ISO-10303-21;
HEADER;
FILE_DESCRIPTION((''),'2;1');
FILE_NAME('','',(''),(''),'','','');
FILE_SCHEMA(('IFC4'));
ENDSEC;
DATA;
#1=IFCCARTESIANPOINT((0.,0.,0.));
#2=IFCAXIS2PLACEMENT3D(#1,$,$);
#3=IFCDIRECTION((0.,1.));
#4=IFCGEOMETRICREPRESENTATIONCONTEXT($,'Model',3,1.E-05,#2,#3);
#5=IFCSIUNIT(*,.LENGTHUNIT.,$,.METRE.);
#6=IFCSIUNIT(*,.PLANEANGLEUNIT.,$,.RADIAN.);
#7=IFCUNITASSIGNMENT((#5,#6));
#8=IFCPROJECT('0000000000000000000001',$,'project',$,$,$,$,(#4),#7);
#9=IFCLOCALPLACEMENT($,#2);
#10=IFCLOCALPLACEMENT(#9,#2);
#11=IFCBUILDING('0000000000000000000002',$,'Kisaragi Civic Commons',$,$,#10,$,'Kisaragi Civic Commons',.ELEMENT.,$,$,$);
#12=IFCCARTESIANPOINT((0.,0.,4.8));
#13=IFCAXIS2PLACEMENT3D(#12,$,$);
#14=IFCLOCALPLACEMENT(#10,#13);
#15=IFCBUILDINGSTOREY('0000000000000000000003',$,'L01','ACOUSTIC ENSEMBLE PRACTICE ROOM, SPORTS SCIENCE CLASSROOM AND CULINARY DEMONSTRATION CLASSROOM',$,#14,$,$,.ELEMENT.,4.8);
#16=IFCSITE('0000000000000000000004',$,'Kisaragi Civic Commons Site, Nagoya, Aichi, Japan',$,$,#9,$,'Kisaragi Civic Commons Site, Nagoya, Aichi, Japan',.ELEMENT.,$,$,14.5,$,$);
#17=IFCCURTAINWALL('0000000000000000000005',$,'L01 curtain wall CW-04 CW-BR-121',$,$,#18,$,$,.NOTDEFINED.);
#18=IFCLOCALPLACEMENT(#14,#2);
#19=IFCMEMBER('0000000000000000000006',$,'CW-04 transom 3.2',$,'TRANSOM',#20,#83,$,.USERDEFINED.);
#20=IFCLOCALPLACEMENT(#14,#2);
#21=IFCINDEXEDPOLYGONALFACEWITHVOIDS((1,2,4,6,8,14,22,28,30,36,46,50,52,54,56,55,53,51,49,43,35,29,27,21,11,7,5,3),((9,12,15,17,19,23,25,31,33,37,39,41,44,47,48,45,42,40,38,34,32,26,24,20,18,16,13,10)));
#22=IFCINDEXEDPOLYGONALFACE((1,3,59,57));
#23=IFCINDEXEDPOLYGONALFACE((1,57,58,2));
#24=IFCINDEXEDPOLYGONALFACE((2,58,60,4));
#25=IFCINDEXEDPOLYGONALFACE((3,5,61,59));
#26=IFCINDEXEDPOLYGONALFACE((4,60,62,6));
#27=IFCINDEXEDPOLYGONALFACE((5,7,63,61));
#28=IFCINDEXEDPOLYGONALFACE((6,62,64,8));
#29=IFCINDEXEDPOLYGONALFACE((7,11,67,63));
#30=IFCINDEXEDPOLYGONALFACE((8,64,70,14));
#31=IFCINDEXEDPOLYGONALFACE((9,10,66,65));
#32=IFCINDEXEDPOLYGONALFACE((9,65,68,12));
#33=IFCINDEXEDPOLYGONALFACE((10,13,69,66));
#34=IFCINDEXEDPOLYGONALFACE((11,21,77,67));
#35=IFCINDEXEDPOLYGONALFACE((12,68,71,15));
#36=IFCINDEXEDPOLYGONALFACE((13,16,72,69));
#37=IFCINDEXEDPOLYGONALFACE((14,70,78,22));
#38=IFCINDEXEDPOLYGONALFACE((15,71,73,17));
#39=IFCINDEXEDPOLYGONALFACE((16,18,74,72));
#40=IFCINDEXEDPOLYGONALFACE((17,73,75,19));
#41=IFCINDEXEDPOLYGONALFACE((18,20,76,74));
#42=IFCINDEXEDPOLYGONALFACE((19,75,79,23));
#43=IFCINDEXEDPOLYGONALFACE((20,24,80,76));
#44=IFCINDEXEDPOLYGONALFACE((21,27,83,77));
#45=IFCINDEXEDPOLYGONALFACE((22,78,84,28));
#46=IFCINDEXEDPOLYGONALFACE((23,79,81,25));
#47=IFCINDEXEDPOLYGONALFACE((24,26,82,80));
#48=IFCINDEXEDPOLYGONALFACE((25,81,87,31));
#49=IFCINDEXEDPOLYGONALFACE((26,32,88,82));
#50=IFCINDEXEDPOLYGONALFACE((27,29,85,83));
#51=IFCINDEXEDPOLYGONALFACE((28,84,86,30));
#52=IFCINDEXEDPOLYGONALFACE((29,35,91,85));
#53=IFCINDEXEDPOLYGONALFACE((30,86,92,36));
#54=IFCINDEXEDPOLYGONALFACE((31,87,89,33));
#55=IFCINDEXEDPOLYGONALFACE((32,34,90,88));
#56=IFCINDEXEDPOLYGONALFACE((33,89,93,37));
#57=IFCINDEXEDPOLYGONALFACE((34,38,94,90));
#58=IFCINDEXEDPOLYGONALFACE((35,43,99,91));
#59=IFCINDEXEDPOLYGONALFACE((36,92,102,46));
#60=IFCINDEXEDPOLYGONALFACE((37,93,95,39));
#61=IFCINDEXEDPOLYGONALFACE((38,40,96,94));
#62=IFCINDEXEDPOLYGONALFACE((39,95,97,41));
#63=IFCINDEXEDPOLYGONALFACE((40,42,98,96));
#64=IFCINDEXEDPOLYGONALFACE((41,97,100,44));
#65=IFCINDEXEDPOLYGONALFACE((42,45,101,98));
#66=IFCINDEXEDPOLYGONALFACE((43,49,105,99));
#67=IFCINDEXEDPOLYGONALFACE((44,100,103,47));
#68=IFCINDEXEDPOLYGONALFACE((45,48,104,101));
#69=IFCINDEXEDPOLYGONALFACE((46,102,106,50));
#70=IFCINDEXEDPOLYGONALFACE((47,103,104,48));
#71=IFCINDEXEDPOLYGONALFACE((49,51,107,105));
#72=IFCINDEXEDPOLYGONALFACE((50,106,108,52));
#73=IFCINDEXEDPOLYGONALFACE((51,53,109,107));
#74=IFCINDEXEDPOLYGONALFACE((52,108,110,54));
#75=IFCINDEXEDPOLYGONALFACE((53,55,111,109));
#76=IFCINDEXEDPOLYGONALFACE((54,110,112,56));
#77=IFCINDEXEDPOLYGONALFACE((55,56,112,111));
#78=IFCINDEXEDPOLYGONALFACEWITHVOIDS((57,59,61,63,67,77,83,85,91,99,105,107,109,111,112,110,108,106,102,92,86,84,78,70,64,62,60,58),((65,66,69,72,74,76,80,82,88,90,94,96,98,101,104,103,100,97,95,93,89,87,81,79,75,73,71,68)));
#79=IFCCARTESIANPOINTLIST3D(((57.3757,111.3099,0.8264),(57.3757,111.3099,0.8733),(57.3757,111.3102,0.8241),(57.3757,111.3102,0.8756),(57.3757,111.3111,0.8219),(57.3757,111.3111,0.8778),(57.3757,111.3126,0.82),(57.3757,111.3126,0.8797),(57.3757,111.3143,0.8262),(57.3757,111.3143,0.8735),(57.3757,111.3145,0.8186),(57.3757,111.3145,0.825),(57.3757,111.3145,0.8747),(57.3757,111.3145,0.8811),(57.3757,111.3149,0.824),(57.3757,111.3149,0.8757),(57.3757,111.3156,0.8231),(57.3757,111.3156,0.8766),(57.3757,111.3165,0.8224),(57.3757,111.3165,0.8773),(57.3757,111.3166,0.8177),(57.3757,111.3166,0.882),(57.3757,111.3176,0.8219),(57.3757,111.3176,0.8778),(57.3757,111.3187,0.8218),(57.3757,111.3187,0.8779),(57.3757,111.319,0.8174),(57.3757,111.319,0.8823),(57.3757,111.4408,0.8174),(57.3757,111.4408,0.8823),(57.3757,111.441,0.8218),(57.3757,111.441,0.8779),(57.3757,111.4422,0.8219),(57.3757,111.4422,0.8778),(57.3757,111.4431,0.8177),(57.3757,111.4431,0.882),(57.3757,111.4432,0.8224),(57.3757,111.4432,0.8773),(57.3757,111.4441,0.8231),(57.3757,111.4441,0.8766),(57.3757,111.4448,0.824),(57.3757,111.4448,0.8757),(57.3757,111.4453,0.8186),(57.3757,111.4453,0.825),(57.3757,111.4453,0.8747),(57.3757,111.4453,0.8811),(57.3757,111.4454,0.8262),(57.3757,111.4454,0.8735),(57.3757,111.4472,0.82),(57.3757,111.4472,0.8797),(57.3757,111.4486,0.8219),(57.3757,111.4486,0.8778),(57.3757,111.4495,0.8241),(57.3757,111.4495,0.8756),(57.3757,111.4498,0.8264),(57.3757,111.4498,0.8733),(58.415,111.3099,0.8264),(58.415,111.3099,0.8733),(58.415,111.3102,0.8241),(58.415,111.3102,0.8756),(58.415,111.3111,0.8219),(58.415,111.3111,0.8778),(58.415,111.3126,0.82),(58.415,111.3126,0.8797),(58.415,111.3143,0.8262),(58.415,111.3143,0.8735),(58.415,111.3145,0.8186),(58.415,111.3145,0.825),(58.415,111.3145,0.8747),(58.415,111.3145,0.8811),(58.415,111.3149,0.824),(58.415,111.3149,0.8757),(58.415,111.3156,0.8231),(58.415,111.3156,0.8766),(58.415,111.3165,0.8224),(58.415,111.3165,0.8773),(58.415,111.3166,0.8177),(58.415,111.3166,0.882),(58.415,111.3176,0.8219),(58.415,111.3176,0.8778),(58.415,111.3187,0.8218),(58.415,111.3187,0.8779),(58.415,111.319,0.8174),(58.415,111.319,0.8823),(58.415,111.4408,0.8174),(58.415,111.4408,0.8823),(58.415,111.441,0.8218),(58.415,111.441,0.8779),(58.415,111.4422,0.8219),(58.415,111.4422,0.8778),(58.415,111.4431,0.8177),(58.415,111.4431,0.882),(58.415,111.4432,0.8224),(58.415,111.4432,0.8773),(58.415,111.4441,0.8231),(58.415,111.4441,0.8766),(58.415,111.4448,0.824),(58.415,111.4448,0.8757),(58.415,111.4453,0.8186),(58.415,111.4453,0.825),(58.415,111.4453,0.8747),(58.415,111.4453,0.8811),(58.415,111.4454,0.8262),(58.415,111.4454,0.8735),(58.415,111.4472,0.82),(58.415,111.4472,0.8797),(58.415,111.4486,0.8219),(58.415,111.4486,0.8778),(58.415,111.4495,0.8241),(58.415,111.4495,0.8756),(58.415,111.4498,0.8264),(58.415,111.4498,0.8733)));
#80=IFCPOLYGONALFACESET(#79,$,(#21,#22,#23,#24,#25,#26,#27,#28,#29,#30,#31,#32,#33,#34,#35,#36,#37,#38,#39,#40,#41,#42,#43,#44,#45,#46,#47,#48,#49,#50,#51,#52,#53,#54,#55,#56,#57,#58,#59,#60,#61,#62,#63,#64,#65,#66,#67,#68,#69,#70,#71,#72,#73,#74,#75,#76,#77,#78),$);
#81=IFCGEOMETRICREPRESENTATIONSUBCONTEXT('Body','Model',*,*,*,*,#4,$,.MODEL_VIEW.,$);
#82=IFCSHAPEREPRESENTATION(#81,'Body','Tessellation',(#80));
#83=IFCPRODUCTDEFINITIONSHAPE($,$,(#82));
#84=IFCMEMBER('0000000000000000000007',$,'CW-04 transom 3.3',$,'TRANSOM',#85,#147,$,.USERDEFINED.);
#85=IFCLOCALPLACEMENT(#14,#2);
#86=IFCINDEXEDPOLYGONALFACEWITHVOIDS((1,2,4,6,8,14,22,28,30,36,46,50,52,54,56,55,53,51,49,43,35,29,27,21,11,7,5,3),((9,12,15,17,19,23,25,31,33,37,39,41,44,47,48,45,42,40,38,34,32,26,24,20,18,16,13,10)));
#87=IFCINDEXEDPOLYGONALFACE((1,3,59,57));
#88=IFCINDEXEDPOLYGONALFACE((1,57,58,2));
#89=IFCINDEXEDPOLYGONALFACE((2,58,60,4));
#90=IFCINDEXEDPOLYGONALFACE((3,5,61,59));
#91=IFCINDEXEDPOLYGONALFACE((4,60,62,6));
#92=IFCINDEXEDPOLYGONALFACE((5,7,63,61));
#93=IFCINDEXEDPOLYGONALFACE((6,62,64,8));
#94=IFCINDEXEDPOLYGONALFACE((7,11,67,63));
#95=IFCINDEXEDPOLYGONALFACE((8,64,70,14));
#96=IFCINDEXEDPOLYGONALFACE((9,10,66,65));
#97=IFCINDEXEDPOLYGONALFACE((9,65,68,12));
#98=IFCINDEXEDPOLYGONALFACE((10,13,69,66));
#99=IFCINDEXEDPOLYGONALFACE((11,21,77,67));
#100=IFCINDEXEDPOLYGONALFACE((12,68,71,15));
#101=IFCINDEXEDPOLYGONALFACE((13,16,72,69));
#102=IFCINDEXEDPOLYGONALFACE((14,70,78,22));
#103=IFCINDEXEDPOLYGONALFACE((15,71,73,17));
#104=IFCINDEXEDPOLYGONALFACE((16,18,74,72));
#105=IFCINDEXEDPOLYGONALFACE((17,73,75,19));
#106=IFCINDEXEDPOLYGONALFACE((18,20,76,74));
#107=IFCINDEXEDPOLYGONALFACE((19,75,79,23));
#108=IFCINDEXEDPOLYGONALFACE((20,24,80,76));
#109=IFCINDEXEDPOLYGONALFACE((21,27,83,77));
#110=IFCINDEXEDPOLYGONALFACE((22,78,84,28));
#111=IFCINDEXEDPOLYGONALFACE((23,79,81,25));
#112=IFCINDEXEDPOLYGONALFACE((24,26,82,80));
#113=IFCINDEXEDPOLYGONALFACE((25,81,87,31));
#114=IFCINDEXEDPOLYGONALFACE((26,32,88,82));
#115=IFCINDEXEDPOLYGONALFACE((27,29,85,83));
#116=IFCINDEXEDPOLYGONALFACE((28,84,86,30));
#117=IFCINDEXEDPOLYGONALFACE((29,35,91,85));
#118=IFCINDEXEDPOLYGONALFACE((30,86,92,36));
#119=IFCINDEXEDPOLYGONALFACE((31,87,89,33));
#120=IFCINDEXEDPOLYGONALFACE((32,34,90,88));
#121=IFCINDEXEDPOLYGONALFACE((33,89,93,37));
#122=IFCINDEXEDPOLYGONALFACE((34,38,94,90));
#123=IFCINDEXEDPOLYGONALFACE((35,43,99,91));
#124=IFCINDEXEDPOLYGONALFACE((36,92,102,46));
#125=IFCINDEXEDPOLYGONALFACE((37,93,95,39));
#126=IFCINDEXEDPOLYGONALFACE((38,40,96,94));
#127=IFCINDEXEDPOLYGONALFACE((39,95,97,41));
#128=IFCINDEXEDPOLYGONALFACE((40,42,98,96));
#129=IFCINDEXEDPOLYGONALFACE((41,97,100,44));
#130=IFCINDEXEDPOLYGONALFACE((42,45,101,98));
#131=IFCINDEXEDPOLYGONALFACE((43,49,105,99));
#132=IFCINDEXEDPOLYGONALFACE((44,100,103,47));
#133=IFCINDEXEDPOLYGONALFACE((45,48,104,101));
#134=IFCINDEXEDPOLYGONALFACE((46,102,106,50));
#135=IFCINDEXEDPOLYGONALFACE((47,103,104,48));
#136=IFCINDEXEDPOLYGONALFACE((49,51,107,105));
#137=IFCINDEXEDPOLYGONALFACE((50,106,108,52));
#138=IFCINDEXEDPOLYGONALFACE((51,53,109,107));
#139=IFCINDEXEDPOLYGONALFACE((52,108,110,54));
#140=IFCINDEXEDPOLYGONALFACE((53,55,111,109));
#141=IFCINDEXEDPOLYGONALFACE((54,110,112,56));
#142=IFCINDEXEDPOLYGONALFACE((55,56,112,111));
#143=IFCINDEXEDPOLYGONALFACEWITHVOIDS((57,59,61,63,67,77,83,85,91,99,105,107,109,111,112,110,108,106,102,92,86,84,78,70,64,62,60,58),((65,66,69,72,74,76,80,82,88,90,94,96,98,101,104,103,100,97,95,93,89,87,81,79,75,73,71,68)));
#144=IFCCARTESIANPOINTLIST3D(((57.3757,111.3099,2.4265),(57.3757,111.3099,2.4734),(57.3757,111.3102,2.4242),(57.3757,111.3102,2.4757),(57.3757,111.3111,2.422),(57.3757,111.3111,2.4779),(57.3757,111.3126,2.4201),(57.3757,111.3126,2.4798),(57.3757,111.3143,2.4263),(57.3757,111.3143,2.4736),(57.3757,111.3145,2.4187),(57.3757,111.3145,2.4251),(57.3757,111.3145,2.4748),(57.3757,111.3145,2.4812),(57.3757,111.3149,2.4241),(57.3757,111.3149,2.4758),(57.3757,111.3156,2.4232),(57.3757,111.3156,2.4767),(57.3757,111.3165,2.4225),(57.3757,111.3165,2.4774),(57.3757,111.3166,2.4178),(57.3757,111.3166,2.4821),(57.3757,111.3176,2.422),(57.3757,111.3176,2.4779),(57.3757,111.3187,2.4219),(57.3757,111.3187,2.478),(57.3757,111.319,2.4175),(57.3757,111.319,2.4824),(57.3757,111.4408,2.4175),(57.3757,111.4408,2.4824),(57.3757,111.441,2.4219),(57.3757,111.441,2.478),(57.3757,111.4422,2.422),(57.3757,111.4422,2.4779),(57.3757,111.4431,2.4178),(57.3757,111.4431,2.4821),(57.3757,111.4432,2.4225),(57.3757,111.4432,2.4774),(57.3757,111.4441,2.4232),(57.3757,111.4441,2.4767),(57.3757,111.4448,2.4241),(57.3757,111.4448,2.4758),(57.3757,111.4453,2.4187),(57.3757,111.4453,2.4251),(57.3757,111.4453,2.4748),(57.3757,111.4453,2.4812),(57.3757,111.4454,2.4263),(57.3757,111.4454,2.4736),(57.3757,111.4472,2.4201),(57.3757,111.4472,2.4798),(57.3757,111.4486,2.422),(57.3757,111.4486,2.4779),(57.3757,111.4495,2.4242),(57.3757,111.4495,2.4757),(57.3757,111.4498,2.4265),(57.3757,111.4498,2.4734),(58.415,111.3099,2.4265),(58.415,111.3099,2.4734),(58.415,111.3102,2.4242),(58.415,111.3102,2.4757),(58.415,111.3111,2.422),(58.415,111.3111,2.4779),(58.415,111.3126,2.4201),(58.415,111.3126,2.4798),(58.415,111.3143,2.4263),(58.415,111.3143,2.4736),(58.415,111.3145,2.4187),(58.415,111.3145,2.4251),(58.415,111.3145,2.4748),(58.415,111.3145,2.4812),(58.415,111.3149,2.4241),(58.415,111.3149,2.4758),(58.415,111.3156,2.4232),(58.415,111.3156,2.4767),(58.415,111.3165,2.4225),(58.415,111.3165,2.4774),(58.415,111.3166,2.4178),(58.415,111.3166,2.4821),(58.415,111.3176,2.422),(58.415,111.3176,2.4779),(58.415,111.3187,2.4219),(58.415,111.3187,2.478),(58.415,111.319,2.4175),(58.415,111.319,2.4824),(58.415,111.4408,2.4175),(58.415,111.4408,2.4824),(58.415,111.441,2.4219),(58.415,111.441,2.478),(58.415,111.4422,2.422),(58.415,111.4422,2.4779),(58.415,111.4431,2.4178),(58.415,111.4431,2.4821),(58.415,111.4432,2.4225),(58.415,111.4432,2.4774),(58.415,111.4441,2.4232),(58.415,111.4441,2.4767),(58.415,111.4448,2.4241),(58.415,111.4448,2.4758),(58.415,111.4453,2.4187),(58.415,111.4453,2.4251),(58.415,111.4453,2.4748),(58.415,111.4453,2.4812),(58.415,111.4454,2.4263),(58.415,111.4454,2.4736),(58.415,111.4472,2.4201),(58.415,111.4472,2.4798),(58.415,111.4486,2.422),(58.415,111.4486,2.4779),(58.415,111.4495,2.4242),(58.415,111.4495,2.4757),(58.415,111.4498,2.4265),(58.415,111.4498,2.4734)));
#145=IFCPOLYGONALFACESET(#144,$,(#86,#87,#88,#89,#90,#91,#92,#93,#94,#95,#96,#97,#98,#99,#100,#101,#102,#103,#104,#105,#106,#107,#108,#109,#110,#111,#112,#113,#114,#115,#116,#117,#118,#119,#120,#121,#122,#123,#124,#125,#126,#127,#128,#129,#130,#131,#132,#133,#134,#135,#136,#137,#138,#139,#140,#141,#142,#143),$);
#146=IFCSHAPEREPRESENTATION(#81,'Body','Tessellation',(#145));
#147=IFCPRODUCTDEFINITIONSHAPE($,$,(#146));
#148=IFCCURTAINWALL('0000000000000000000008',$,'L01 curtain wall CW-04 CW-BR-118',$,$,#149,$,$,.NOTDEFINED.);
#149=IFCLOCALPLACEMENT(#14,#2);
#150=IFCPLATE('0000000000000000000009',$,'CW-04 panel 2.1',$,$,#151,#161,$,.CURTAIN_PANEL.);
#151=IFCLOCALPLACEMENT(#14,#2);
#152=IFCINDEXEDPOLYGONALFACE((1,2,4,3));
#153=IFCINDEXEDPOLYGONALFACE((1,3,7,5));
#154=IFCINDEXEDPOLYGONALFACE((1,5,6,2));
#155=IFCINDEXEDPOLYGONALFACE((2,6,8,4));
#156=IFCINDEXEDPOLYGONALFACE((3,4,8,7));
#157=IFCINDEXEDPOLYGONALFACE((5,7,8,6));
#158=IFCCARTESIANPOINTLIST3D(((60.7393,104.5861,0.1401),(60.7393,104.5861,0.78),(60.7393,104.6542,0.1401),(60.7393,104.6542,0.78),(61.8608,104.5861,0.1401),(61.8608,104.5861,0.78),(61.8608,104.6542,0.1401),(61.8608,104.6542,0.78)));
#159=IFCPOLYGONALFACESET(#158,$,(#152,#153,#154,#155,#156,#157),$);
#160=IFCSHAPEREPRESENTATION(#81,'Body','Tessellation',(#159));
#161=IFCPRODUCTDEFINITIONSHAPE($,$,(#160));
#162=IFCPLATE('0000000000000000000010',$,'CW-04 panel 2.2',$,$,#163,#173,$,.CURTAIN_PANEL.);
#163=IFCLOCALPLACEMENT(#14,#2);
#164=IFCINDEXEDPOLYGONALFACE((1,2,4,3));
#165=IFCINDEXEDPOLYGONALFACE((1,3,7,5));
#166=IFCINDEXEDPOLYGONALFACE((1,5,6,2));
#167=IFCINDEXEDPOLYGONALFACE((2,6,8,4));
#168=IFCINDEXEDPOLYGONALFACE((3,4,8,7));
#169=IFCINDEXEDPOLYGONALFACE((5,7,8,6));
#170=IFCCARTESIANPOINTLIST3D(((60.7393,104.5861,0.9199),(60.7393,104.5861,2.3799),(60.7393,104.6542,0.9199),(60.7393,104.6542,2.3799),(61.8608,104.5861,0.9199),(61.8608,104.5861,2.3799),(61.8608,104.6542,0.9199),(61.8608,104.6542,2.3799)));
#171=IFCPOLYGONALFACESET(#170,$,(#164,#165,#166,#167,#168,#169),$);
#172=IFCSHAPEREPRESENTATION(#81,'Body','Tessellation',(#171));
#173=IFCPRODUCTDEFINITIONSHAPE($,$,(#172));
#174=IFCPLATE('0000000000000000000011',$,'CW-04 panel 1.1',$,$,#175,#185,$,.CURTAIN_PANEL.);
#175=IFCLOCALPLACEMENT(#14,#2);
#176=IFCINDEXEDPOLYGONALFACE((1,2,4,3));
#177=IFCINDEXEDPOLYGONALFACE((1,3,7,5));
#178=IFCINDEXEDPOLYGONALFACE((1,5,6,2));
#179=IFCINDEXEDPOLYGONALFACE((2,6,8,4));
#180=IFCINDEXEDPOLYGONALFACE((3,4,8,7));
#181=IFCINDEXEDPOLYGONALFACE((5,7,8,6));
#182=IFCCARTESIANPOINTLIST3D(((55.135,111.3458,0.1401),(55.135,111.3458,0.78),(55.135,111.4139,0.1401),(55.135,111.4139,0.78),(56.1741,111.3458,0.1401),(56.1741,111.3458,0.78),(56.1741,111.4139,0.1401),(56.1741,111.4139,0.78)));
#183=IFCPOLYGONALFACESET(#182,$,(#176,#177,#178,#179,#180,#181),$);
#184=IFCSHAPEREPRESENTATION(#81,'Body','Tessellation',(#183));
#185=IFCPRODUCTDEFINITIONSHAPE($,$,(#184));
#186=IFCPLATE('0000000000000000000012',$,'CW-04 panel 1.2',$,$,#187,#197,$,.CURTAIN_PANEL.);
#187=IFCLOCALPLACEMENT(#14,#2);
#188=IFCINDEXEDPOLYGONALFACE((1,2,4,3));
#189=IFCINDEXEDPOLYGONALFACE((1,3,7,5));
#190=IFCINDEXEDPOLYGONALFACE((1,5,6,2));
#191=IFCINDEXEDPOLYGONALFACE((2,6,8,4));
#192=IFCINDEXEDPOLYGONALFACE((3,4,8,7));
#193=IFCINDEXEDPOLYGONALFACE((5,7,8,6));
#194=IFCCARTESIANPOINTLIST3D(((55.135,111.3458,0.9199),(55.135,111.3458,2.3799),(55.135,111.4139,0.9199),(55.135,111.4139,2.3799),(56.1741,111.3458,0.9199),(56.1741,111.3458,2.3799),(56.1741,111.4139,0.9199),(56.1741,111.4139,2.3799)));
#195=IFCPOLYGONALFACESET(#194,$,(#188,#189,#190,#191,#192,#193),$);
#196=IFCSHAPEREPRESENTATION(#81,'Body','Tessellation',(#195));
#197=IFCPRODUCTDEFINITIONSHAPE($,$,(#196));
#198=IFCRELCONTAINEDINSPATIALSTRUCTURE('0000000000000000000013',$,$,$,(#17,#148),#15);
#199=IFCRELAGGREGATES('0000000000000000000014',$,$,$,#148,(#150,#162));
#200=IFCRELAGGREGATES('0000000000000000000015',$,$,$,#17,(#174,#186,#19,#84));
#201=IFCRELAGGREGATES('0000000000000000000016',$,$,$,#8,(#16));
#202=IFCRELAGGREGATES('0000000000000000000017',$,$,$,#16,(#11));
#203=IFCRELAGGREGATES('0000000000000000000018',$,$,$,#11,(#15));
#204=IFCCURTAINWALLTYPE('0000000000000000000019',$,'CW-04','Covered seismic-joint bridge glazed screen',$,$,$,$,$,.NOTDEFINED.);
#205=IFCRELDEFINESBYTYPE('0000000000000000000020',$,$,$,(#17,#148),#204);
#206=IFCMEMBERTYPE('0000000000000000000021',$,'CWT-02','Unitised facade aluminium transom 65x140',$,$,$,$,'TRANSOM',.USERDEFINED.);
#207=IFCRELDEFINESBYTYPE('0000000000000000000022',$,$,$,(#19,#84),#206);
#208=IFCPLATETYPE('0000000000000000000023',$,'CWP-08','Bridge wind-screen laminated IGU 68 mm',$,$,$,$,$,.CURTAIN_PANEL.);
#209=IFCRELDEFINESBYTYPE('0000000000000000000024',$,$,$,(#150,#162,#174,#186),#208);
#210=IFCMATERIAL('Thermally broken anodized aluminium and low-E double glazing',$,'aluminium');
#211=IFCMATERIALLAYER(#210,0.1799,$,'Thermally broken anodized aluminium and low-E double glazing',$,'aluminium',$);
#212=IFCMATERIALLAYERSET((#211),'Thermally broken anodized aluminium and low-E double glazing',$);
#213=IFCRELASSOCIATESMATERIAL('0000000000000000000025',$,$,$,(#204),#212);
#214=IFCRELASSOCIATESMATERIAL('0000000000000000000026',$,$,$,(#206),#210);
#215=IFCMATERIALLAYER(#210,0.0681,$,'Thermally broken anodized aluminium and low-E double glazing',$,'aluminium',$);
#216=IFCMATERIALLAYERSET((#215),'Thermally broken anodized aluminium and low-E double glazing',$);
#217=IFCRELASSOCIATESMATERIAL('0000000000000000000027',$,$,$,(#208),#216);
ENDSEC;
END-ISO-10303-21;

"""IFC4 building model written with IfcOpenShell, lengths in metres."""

from ifc_helpers import new_model, si_unit, direction, frame, origin, origin_2d, place, context, subcontext, project, spatial, rectangle, hollow_rectangle, extrude, material, layer, layer_set, material_profile, profile_set, type_object, element, aggregate, save


model = new_model("IFC4")

# Units and contexts
model_context = context("Model", 3, precision=1e-05, world=origin(), true_north=direction((0.0, 1.0)))
body_context = subcontext(model_context, "Body", "Model", "MODEL_VIEW")
ifc_project = project(units=[si_unit("LENGTHUNIT", "METRE"), si_unit("PLANEANGLEUNIT", "RADIAN")], contexts=[model_context])

# Site, building, storey
site_placement = place(None, origin())
site = spatial("IfcSite", under=ifc_project, at=site_placement, Name="Kisaragi Civic Commons Site, Nagoya, Aichi, Japan", LongName="Kisaragi Civic Commons Site, Nagoya, Aichi, Japan", CompositionType="ELEMENT", RefElevation=14.5)
building_placement = place(site_placement, origin())
building = spatial("IfcBuilding", under=site, at=building_placement, Name="Kisaragi Civic Commons", LongName="Kisaragi Civic Commons", CompositionType="ELEMENT")
storey_placement = place(building_placement, frame((0.0, 0.0, 4.8)))
storey = spatial("IfcBuildingStorey", under=building, at=storey_placement, Name="L01", Description="ACOUSTIC ENSEMBLE PRACTICE ROOM, SPORTS SCIENCE CLASSROOM AND CULINARY DEMONSTRATION CLASSROOM", CompositionType="ELEMENT", Elevation=4.8)

# Curtain wall, members
ifc_material = material(Name="Thermally broken anodized aluminium and low-E double glazing", Category="aluminium")
ifc_layer_1 = layer(ifc_material, 0.1799, Name="Thermally broken anodized aluminium and low-E double glazing", Category="aluminium")
ifc_layer_set_1 = layer_set([ifc_layer_1], Name="Thermally broken anodized aluminium and low-E double glazing")
curtain_wall_type = type_object("IfcCurtainWallType", Name="CW-04", Description="Covered seismic-joint bridge glazed screen", PredefinedType="NOTDEFINED", material=ifc_layer_set_1)
curtain_wall_1_placement = place(storey_placement, origin())
curtain_wall_1 = element("IfcCurtainWall", 1, at=curtain_wall_1_placement, inside=storey, type_object=curtain_wall_type, Name="L01 curtain wall CW-04 CW-BR-121", PredefinedType="NOTDEFINED")
ifc_material_profile_1 = material_profile(ifc_material, hollow_rectangle(XDim=0.1399, YDim=0.0649, WallThickness=0.0044, InnerFilletRadius=0.0044, OuterFilletRadius=0.009, at=origin_2d()), Name="CWT-65x140x4.5", Category="aluminium")
ifc_profile_set_1 = profile_set([ifc_material_profile_1], Name="Thermally broken anodized aluminium and low-E double glazing")
member_type_1 = type_object("IfcMemberType", Name="CWT-02", Description="Unitised facade aluminium transom 65x140", ElementType="TRANSOM", PredefinedType="USERDEFINED", material=ifc_profile_set_1)
member_1_placement = place(storey_placement, frame((57.3757, 111.3799, 0.8499), z_axis=(1.0, 0.0, 0.0), x_axis=(0.0, 1.0, 0.0)))
member_1 = element("IfcMember", 2, at=member_1_placement, type_object=member_type_1, Name="CW-04 transom 3.2", ObjectType="TRANSOM", PredefinedType="USERDEFINED", context=body_context, shape_type="SweptSolid", body=[
    extrude(hollow_rectangle(XDim=0.1399, YDim=0.0649, WallThickness=0.0044, InnerFilletRadius=0.0044, OuterFilletRadius=0.009, at=origin_2d()), origin(), (0.0, 0.0, 1.0), 1.0393),
])
member_2_placement = place(storey_placement, frame((57.3757, 111.3799, 2.45), z_axis=(1.0, 0.0, 0.0), x_axis=(0.0, 1.0, 0.0)))
member_2 = element("IfcMember", 3, at=member_2_placement, type_object=member_type_1, Name="CW-04 transom 3.3", ObjectType="TRANSOM", PredefinedType="USERDEFINED", context=body_context, shape_type="SweptSolid", body=[
    extrude(hollow_rectangle(XDim=0.1399, YDim=0.0649, WallThickness=0.0044, InnerFilletRadius=0.0044, OuterFilletRadius=0.009, at=origin_2d()), origin(), (0.0, 0.0, 1.0), 1.0393),
])

# Curtain wall, plates
curtain_wall_2_placement = place(storey_placement, origin())
curtain_wall_2 = element("IfcCurtainWall", 4, at=curtain_wall_2_placement, inside=storey, type_object=curtain_wall_type, Name="L01 curtain wall CW-04 CW-BR-118", PredefinedType="NOTDEFINED")
ifc_layer_2 = layer(ifc_material, 0.0681, Name="Thermally broken anodized aluminium and low-E double glazing", Category="aluminium")
ifc_layer_set_2 = layer_set([ifc_layer_2], Name="Thermally broken anodized aluminium and low-E double glazing")
plate_type = type_object("IfcPlateType", Name="CWP-08", Description="Bridge wind-screen laminated IGU 68 mm", PredefinedType="CURTAIN_PANEL", material=ifc_layer_set_2)
plate_1_placement = place(storey_placement, frame((61.3, 104.6201, 0.1401), z_axis=(0.0, 0.0, 1.0), x_axis=(1.0, 0.0, 0.0)))
plate_1 = element("IfcPlate", 5, at=plate_1_placement, type_object=plate_type, Name="CW-04 panel 2.1", PredefinedType="CURTAIN_PANEL", context=body_context, shape_type="SweptSolid", body=[
    extrude(rectangle(XDim=1.1216, YDim=0.0681, at=origin_2d()), origin(), (0.0, 0.0, 1.0), 0.6399),
])
plate_2_placement = place(storey_placement, frame((61.3, 104.6201, 0.9199), z_axis=(0.0, 0.0, 1.0), x_axis=(1.0, 0.0, 0.0)))
plate_2 = element("IfcPlate", 6, at=plate_2_placement, type_object=plate_type, Name="CW-04 panel 2.2", PredefinedType="CURTAIN_PANEL", context=body_context, shape_type="SweptSolid", body=[
    extrude(rectangle(XDim=1.1216, YDim=0.0681, at=origin_2d()), origin(), (0.0, 0.0, 1.0), 1.46),
])
aggregate(curtain_wall_2, [plate_1, plate_2])

# Plates
plate_3_placement = place(storey_placement, frame((55.6545, 111.3799, 0.1401), z_axis=(0.0, 0.0, 1.0), x_axis=(1.0, 0.0, 0.0)))
plate_3 = element("IfcPlate", 7, at=plate_3_placement, type_object=plate_type, Name="CW-04 panel 1.1", PredefinedType="CURTAIN_PANEL", context=body_context, shape_type="SweptSolid", body=[
    extrude(rectangle(XDim=1.0391, YDim=0.0681, at=origin_2d()), origin(), (0.0, 0.0, 1.0), 0.6399),
])
plate_4_placement = place(storey_placement, frame((55.6545, 111.3799, 0.9199), z_axis=(0.0, 0.0, 1.0), x_axis=(1.0, 0.0, 0.0)))
plate_4 = element("IfcPlate", 8, at=plate_4_placement, type_object=plate_type, Name="CW-04 panel 1.2", PredefinedType="CURTAIN_PANEL", context=body_context, shape_type="SweptSolid", body=[
    extrude(rectangle(XDim=1.0391, YDim=0.0681, at=origin_2d()), origin(), (0.0, 0.0, 1.0), 1.46),
])
aggregate(curtain_wall_1, [plate_3, plate_4, member_1, member_2])

save(model, "model.ifc")
